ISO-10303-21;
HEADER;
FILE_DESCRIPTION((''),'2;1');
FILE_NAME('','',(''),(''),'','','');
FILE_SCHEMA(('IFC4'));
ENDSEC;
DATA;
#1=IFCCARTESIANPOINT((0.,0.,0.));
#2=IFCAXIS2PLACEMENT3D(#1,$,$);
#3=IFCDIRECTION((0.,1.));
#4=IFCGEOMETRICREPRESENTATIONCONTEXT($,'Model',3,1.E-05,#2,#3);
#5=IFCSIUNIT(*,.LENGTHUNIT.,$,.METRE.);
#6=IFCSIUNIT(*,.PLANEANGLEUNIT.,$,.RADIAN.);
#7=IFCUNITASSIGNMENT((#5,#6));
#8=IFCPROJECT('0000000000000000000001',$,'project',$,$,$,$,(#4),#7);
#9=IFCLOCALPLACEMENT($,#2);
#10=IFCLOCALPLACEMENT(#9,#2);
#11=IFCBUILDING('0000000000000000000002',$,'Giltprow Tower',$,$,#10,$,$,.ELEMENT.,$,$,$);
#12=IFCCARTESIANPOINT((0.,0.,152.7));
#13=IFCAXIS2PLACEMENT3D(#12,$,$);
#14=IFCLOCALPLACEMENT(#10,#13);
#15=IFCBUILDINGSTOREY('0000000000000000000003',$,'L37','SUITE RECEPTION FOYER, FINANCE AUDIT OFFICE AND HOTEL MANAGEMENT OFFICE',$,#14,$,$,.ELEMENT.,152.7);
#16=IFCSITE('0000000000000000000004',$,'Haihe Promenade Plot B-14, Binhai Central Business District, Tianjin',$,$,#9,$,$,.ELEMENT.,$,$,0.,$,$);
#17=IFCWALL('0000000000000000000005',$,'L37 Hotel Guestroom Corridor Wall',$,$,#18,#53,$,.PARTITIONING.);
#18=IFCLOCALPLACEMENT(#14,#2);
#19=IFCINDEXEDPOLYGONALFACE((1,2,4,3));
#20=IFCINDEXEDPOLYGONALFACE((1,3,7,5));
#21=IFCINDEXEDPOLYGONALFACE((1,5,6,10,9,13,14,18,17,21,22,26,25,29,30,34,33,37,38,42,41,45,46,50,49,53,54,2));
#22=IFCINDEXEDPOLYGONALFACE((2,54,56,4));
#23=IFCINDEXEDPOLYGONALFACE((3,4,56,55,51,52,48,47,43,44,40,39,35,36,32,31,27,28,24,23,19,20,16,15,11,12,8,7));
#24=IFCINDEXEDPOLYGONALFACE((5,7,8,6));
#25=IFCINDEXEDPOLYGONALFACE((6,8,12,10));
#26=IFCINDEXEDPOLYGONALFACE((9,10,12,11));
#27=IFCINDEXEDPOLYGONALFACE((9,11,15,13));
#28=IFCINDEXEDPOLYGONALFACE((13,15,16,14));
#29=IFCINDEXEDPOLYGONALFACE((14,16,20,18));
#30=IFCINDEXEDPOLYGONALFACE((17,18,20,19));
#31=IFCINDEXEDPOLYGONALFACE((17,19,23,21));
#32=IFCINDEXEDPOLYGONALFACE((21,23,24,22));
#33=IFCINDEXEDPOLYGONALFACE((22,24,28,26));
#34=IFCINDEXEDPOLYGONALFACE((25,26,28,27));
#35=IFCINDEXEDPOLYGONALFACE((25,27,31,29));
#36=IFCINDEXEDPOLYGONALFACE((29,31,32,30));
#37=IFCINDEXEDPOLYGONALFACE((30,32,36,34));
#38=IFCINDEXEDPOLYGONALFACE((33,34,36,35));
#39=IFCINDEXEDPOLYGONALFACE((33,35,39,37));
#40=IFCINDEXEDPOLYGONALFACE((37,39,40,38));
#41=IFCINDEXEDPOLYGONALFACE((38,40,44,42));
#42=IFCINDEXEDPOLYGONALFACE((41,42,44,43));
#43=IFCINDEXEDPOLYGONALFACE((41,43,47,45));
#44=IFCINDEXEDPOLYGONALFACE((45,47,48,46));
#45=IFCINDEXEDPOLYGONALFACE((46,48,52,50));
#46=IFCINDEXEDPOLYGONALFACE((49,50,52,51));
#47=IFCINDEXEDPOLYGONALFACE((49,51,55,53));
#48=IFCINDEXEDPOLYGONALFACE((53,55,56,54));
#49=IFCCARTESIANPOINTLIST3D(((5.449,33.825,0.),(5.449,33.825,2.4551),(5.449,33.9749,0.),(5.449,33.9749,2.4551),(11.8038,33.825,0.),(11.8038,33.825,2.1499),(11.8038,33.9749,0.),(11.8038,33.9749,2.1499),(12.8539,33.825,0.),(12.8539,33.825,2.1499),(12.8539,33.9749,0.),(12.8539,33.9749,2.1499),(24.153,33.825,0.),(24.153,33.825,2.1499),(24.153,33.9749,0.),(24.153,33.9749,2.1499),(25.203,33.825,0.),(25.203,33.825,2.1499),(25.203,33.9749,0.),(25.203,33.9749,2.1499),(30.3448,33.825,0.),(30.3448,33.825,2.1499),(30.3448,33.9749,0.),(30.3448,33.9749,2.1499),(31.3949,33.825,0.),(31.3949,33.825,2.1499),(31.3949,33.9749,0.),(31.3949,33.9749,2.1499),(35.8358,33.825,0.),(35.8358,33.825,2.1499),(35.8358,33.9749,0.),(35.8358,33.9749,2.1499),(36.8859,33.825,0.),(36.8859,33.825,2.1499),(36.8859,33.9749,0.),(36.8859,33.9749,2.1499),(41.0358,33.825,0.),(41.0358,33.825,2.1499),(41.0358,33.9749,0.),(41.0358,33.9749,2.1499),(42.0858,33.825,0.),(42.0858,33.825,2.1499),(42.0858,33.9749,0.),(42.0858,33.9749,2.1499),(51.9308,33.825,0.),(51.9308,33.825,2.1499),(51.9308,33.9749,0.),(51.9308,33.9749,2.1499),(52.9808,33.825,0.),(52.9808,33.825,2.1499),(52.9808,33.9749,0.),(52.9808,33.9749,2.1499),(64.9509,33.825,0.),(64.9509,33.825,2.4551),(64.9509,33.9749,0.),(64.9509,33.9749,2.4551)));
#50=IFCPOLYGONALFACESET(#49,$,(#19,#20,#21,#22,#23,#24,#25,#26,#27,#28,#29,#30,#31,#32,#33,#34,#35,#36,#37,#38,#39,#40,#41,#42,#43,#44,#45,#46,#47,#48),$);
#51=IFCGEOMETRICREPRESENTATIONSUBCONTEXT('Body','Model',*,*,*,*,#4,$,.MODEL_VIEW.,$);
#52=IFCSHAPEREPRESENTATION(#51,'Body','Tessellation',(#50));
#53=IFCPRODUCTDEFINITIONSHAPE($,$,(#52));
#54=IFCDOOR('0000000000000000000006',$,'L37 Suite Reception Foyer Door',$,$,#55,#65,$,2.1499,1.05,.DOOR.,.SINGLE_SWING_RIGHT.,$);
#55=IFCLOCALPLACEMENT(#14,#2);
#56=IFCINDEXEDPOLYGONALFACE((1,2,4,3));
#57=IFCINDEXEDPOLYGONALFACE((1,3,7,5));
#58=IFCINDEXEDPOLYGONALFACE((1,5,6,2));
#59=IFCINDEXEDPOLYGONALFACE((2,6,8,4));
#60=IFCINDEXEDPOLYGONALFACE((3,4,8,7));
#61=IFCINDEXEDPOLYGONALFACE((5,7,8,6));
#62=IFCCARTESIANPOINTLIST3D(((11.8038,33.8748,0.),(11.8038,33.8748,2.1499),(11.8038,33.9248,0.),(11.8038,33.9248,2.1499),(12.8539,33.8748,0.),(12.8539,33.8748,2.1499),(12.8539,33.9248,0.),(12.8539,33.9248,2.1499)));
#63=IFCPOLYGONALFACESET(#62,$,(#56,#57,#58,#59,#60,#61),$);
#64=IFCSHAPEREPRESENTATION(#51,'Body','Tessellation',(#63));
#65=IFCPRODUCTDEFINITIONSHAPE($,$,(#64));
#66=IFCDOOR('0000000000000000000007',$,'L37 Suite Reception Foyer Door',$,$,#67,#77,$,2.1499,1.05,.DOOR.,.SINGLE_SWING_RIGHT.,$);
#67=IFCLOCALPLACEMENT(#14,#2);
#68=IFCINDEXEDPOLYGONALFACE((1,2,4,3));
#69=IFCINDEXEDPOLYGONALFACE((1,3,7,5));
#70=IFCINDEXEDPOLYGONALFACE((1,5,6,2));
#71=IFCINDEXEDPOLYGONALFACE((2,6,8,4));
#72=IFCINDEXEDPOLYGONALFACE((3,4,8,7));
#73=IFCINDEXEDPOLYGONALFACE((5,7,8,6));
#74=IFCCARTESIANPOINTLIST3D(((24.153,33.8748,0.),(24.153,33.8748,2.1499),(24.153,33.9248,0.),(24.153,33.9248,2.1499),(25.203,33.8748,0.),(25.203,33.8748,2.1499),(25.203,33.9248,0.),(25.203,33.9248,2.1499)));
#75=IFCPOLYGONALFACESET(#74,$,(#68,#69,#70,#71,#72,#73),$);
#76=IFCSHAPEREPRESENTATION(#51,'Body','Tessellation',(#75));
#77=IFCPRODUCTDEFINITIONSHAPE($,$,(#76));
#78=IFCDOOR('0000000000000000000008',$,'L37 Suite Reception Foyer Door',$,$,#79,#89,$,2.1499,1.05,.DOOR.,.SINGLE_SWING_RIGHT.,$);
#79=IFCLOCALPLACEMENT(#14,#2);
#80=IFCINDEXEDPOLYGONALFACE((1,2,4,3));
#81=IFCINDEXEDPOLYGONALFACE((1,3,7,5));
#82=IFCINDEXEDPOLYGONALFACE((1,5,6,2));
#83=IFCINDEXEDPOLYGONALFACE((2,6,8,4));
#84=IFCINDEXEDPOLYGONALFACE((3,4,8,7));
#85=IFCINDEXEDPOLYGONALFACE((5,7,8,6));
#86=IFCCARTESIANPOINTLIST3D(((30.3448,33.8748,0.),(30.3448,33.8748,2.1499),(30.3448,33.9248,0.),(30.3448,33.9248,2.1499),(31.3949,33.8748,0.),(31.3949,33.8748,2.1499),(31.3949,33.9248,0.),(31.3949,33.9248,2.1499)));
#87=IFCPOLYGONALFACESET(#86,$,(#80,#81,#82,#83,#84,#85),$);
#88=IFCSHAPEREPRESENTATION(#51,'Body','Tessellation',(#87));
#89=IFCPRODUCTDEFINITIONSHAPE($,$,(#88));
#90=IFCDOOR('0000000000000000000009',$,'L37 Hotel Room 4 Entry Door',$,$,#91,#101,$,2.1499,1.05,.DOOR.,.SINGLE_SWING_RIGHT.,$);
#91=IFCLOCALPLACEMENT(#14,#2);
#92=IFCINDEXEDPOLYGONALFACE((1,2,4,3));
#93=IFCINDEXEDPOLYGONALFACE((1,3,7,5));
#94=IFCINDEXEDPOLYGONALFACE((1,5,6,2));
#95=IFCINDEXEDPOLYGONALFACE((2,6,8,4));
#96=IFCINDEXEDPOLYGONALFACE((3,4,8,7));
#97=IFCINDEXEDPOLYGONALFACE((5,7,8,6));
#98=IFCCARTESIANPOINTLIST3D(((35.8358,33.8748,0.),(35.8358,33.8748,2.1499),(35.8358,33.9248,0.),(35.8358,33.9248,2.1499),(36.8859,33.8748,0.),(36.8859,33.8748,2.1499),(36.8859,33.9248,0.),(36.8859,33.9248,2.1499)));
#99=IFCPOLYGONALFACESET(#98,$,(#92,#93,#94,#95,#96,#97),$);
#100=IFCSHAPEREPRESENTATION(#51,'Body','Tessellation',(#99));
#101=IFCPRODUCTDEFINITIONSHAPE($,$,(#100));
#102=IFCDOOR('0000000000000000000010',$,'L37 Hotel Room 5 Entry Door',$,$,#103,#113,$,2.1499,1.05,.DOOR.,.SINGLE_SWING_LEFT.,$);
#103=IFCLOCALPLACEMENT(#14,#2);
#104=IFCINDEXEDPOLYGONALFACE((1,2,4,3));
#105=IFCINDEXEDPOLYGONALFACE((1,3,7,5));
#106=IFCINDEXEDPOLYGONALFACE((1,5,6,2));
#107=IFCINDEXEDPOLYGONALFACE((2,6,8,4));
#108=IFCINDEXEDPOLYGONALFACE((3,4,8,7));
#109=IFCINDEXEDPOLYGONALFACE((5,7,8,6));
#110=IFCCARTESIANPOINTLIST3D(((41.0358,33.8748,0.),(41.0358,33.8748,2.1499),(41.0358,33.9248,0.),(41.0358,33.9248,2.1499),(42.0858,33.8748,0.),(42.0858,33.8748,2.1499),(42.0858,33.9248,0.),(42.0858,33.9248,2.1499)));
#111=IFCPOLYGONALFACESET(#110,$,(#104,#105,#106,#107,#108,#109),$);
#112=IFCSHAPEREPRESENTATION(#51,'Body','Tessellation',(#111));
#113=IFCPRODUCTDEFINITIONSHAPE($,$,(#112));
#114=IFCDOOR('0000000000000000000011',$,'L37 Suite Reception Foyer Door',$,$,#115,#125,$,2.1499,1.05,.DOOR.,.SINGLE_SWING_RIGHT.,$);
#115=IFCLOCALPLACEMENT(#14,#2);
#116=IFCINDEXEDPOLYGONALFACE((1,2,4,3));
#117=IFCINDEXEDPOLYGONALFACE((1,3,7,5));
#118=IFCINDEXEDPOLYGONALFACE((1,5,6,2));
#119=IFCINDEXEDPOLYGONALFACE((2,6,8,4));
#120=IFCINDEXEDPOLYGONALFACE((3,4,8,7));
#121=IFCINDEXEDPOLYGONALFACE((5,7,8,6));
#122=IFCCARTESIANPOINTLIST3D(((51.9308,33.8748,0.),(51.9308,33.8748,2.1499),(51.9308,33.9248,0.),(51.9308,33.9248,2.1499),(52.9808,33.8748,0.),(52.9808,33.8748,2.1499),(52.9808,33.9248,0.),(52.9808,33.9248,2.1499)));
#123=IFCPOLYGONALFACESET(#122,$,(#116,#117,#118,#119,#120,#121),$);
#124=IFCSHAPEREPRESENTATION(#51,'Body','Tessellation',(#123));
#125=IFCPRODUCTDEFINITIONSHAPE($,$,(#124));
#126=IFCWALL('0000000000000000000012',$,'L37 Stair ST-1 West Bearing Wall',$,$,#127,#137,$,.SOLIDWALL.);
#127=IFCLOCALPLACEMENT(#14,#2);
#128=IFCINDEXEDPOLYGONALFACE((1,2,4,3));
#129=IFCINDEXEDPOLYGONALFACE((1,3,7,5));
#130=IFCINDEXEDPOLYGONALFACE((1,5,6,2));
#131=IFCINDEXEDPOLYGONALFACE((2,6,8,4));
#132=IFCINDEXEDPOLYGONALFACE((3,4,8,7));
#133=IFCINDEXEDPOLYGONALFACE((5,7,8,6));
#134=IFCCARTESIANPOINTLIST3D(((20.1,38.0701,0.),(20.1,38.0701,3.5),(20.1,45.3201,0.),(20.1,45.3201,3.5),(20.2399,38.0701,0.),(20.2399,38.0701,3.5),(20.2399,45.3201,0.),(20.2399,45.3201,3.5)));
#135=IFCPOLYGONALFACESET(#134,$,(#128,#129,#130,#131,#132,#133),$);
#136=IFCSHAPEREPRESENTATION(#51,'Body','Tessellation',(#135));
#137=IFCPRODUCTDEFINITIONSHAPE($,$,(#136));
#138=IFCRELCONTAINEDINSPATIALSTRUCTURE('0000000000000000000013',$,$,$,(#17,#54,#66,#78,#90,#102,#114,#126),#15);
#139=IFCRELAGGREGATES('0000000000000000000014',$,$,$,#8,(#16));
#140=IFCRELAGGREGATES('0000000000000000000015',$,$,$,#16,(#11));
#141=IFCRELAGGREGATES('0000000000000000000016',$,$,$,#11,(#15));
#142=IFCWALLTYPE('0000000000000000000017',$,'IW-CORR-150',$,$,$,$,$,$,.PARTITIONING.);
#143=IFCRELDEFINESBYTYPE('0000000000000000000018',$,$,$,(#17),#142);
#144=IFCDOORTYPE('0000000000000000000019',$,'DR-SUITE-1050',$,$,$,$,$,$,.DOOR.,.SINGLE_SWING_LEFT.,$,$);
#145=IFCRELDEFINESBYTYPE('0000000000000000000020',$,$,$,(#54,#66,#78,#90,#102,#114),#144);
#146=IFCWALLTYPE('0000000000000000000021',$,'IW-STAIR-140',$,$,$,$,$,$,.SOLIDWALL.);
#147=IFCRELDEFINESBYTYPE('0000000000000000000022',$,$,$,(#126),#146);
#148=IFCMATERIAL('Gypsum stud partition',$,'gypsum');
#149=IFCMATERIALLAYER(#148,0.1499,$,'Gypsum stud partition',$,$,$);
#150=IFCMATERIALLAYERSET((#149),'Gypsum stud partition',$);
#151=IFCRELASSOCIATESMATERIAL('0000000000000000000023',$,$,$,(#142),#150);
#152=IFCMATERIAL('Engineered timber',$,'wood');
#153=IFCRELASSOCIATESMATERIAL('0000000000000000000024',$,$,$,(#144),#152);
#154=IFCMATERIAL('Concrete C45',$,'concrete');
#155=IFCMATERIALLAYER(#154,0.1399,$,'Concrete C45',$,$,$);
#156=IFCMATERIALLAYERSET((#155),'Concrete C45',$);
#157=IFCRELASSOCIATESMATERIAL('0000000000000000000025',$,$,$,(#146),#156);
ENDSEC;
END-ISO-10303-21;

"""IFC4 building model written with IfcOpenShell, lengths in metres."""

from ifc_helpers import new_model, si_unit, direction, frame, frame_2d, origin, place, context, subcontext, project, spatial, rectangle, extrude, source, transform, mapped, material, layer, layer_set, type_object, element, fill, save


model = new_model("IFC4")

# Units and contexts
model_context = context("Model", 3, precision=1e-05, world=origin(), true_north=direction((0.0, 1.0)))
body_context = subcontext(model_context, "Body", "Model", "MODEL_VIEW")
ifc_project = project(units=[si_unit("LENGTHUNIT", "METRE"), si_unit("PLANEANGLEUNIT", "RADIAN")], contexts=[model_context])

# Site, building, storey
site_placement = place(None, origin())
site = spatial("IfcSite", under=ifc_project, at=site_placement, Name="Haihe Promenade Plot B-14, Binhai Central Business District, Tianjin", CompositionType="ELEMENT", RefElevation=0.0)
building_placement = place(site_placement, origin())
building = spatial("IfcBuilding", under=site, at=building_placement, Name="Giltprow Tower", CompositionType="ELEMENT")
storey_placement = place(building_placement, frame((0.0, 0.0, 152.7)))
storey = spatial("IfcBuildingStorey", under=building, at=storey_placement, Name="L37", Description="SUITE RECEPTION FOYER, FINANCE AUDIT OFFICE AND HOTEL MANAGEMENT OFFICE", CompositionType="ELEMENT", Elevation=152.7)

# Wall, openings, doors
ifc_material_1 = material(Name="Gypsum stud partition", Category="gypsum")
ifc_layer_1 = layer(ifc_material_1, 0.1499, Name="Gypsum stud partition")
ifc_layer_set_1 = layer_set([ifc_layer_1], Name="Gypsum stud partition")
wall_type_1 = type_object("IfcWallType", Name="IW-CORR-150", PredefinedType="PARTITIONING", material=ifc_layer_set_1)
wall_1_placement = place(storey_placement, frame((5.449, 33.8999, 0.0), z_axis=(0.0, 0.0, 1.0), x_axis=(1.0, 0.0, 0.0)))
wall_1 = element("IfcWall", 1, at=wall_1_placement, inside=storey, type_object=wall_type_1, Name="L37 Hotel Guestroom Corridor Wall", PredefinedType="PARTITIONING", context=body_context, shape_type="SweptSolid", body=[
    extrude(rectangle(XDim=59.502, YDim=0.1499, at=frame_2d((29.751, 0.0))), origin(), (0.0, 0.0, 1.0), 2.4551),
])
opening_1_placement = place(wall_1_placement, frame((6.355, 0.0, 0.0)))
opening_1 = element("IfcOpeningElement", 2, at=opening_1_placement, cuts=wall_1, PredefinedType="OPENING", context=body_context, shape_type="SweptSolid", body=[
    extrude(rectangle(XDim=1.05, YDim=2.1499, at=frame_2d((0.5249, 1.075))), frame((0.0, 0.085, 0.0), z_axis=(0.0, -1.0, 0.0), x_axis=(1.0, 0.0, 0.0)), (0.0, 0.0, 1.0), 0.1699),
])
opening_2_placement = place(wall_1_placement, frame((18.7041, 0.0, 0.0)))
opening_2 = element("IfcOpeningElement", 3, at=opening_2_placement, cuts=wall_1, PredefinedType="OPENING", context=body_context, shape_type="SweptSolid", body=[
    extrude(rectangle(XDim=1.05, YDim=2.1499, at=frame_2d((0.5249, 1.075))), frame((0.0, 0.085, 0.0), z_axis=(0.0, -1.0, 0.0), x_axis=(1.0, 0.0, 0.0)), (0.0, 0.0, 1.0), 0.1699),
])
opening_3_placement = place(wall_1_placement, frame((24.896, 0.0, 0.0)))
opening_3 = element("IfcOpeningElement", 4, at=opening_3_placement, cuts=wall_1, PredefinedType="OPENING", context=body_context, shape_type="SweptSolid", body=[
    extrude(rectangle(XDim=1.05, YDim=2.1499, at=frame_2d((0.5249, 1.075))), frame((0.0, 0.085, 0.0), z_axis=(0.0, -1.0, 0.0), x_axis=(1.0, 0.0, 0.0)), (0.0, 0.0, 1.0), 0.1699),
])
opening_4_placement = place(wall_1_placement, frame((30.387, 0.0, 0.0)))
opening_4 = element("IfcOpeningElement", 5, at=opening_4_placement, cuts=wall_1, PredefinedType="OPENING", context=body_context, shape_type="SweptSolid", body=[
    extrude(rectangle(XDim=1.05, YDim=2.1499, at=frame_2d((0.5249, 1.075))), frame((0.0, 0.085, 0.0), z_axis=(0.0, -1.0, 0.0), x_axis=(1.0, 0.0, 0.0)), (0.0, 0.0, 1.0), 0.1699),
])
opening_5_placement = place(wall_1_placement, frame((35.5869, 0.0, 0.0)))
opening_5 = element("IfcOpeningElement", 6, at=opening_5_placement, cuts=wall_1, PredefinedType="OPENING", context=body_context, shape_type="SweptSolid", body=[
    extrude(rectangle(XDim=1.05, YDim=2.1499, at=frame_2d((0.5249, 1.075))), frame((0.0, 0.085, 0.0), z_axis=(0.0, -1.0, 0.0), x_axis=(1.0, 0.0, 0.0)), (0.0, 0.0, 1.0), 0.1699),
])
opening_6_placement = place(wall_1_placement, frame((46.4819, 0.0, 0.0)))
opening_6 = element("IfcOpeningElement", 7, at=opening_6_placement, cuts=wall_1, PredefinedType="OPENING", context=body_context, shape_type="SweptSolid", body=[
    extrude(rectangle(XDim=1.05, YDim=2.1499, at=frame_2d((0.5249, 1.075))), frame((0.0, 0.085, 0.0), z_axis=(0.0, -1.0, 0.0), x_axis=(1.0, 0.0, 0.0)), (0.0, 0.0, 1.0), 0.1699),
])
ifc_material_2 = material(Name="Engineered timber", Category="wood")
door_type_1 = type_object("IfcDoorType", Name="DR-SUITE-1050", OperationType="SINGLE_SWING_LEFT", PredefinedType="DOOR", material=ifc_material_2)
shared_shape_1 = source(origin(), body_context, "Body", "SweptSolid", [
    extrude(rectangle(XDim=1.05, YDim=2.1499, at=frame_2d((0.5249, 1.075))), frame((0.0, 0.0249, 0.0), z_axis=(0.0, -1.0, 0.0), x_axis=(1.0, 0.0, 0.0)), (0.0, 0.0, 1.0), 0.05),
])
door_1_placement = place(opening_1_placement, origin())
door_1 = element("IfcDoor", 8, at=door_1_placement, inside=storey, type_object=door_type_1, Name="L37 Suite Reception Foyer Door", OperationType="SINGLE_SWING_RIGHT", OverallHeight=2.1499, OverallWidth=1.05, PredefinedType="DOOR", context=body_context, shape_type="MappedRepresentation", body=[
    mapped(shared_shape_1, transform((0.0, 0.0, 0.0), x_axis=(1.0, 0.0, 0.0), y_axis=(0.0, 1.0, 0.0), z_axis=(0.0, 0.0, 1.0), scale=1.0)),
])
fill(opening_1, door_1)
door_2_placement = place(opening_2_placement, origin())
door_2 = element("IfcDoor", 9, at=door_2_placement, inside=storey, type_object=door_type_1, Name="L37 Suite Reception Foyer Door", OperationType="SINGLE_SWING_RIGHT", OverallHeight=2.1499, OverallWidth=1.05, PredefinedType="DOOR", context=body_context, shape_type="MappedRepresentation", body=[
    mapped(shared_shape_1, transform((0.0, 0.0, 0.0), x_axis=(1.0, 0.0, 0.0), y_axis=(0.0, 1.0, 0.0), z_axis=(0.0, 0.0, 1.0), scale=1.0)),
])
fill(opening_2, door_2)
door_3_placement = place(opening_3_placement, origin())
door_3 = element("IfcDoor", 10, at=door_3_placement, inside=storey, type_object=door_type_1, Name="L37 Suite Reception Foyer Door", OperationType="SINGLE_SWING_RIGHT", OverallHeight=2.1499, OverallWidth=1.05, PredefinedType="DOOR", context=body_context, shape_type="MappedRepresentation", body=[
    mapped(shared_shape_1, transform((0.0, 0.0, 0.0), x_axis=(1.0, 0.0, 0.0), y_axis=(0.0, 1.0, 0.0), z_axis=(0.0, 0.0, 1.0), scale=1.0)),
])
fill(opening_3, door_3)
door_4_placement = place(opening_4_placement, origin())
door_4 = element("IfcDoor", 11, at=door_4_placement, inside=storey, type_object=door_type_1, Name="L37 Hotel Room 4 Entry Door", OperationType="SINGLE_SWING_RIGHT", OverallHeight=2.1499, OverallWidth=1.05, PredefinedType="DOOR", context=body_context, shape_type="MappedRepresentation", body=[
    mapped(shared_shape_1, transform((0.0, 0.0, 0.0), x_axis=(1.0, 0.0, 0.0), y_axis=(0.0, 1.0, 0.0), z_axis=(0.0, 0.0, 1.0), scale=1.0)),
])
fill(opening_4, door_4)
door_5_placement = place(opening_5_placement, origin())
door_5 = element("IfcDoor", 12, at=door_5_placement, inside=storey, type_object=door_type_1, Name="L37 Hotel Room 5 Entry Door", OperationType="SINGLE_SWING_LEFT", OverallHeight=2.1499, OverallWidth=1.05, PredefinedType="DOOR", context=body_context, shape_type="MappedRepresentation", body=[
    mapped(shared_shape_1, transform((0.0, 0.0, 0.0), x_axis=(1.0, 0.0, 0.0), y_axis=(0.0, 1.0, 0.0), z_axis=(0.0, 0.0, 1.0), scale=1.0)),
])
fill(opening_5, door_5)
door_6_placement = place(opening_6_placement, origin())
door_6 = element("IfcDoor", 13, at=door_6_placement, inside=storey, type_object=door_type_1, Name="L37 Suite Reception Foyer Door", OperationType="SINGLE_SWING_RIGHT", OverallHeight=2.1499, OverallWidth=1.05, PredefinedType="DOOR", context=body_context, shape_type="MappedRepresentation", body=[
    mapped(shared_shape_1, transform((0.0, 0.0, 0.0), x_axis=(1.0, 0.0, 0.0), y_axis=(0.0, 1.0, 0.0), z_axis=(0.0, 0.0, 1.0), scale=1.0)),
])
fill(opening_6, door_6)

# Wall
ifc_material_3 = material(Name="Concrete C45", Category="concrete")
ifc_layer_2 = layer(ifc_material_3, 0.1399, Name="Concrete C45")
ifc_layer_set_2 = layer_set([ifc_layer_2], Name="Concrete C45")
wall_type_2 = type_object("IfcWallType", Name="IW-STAIR-140", PredefinedType="SOLIDWALL", material=ifc_layer_set_2)
wall_2_placement = place(storey_placement, frame((20.1699, 38.0701, 0.0), z_axis=(0.0, 0.0, 1.0), x_axis=(0.0, 1.0, 0.0)))
element("IfcWall", 14, at=wall_2_placement, inside=storey, type_object=wall_type_2, Name="L37 Stair ST-1 West Bearing Wall", PredefinedType="SOLIDWALL", context=body_context, shape_type="SweptSolid", body=[
    extrude(rectangle(XDim=7.25, YDim=0.1399, at=frame_2d((3.625, 0.0))), origin(), (0.0, 0.0, 1.0), 3.5),
])

save(model, "model.ifc")
